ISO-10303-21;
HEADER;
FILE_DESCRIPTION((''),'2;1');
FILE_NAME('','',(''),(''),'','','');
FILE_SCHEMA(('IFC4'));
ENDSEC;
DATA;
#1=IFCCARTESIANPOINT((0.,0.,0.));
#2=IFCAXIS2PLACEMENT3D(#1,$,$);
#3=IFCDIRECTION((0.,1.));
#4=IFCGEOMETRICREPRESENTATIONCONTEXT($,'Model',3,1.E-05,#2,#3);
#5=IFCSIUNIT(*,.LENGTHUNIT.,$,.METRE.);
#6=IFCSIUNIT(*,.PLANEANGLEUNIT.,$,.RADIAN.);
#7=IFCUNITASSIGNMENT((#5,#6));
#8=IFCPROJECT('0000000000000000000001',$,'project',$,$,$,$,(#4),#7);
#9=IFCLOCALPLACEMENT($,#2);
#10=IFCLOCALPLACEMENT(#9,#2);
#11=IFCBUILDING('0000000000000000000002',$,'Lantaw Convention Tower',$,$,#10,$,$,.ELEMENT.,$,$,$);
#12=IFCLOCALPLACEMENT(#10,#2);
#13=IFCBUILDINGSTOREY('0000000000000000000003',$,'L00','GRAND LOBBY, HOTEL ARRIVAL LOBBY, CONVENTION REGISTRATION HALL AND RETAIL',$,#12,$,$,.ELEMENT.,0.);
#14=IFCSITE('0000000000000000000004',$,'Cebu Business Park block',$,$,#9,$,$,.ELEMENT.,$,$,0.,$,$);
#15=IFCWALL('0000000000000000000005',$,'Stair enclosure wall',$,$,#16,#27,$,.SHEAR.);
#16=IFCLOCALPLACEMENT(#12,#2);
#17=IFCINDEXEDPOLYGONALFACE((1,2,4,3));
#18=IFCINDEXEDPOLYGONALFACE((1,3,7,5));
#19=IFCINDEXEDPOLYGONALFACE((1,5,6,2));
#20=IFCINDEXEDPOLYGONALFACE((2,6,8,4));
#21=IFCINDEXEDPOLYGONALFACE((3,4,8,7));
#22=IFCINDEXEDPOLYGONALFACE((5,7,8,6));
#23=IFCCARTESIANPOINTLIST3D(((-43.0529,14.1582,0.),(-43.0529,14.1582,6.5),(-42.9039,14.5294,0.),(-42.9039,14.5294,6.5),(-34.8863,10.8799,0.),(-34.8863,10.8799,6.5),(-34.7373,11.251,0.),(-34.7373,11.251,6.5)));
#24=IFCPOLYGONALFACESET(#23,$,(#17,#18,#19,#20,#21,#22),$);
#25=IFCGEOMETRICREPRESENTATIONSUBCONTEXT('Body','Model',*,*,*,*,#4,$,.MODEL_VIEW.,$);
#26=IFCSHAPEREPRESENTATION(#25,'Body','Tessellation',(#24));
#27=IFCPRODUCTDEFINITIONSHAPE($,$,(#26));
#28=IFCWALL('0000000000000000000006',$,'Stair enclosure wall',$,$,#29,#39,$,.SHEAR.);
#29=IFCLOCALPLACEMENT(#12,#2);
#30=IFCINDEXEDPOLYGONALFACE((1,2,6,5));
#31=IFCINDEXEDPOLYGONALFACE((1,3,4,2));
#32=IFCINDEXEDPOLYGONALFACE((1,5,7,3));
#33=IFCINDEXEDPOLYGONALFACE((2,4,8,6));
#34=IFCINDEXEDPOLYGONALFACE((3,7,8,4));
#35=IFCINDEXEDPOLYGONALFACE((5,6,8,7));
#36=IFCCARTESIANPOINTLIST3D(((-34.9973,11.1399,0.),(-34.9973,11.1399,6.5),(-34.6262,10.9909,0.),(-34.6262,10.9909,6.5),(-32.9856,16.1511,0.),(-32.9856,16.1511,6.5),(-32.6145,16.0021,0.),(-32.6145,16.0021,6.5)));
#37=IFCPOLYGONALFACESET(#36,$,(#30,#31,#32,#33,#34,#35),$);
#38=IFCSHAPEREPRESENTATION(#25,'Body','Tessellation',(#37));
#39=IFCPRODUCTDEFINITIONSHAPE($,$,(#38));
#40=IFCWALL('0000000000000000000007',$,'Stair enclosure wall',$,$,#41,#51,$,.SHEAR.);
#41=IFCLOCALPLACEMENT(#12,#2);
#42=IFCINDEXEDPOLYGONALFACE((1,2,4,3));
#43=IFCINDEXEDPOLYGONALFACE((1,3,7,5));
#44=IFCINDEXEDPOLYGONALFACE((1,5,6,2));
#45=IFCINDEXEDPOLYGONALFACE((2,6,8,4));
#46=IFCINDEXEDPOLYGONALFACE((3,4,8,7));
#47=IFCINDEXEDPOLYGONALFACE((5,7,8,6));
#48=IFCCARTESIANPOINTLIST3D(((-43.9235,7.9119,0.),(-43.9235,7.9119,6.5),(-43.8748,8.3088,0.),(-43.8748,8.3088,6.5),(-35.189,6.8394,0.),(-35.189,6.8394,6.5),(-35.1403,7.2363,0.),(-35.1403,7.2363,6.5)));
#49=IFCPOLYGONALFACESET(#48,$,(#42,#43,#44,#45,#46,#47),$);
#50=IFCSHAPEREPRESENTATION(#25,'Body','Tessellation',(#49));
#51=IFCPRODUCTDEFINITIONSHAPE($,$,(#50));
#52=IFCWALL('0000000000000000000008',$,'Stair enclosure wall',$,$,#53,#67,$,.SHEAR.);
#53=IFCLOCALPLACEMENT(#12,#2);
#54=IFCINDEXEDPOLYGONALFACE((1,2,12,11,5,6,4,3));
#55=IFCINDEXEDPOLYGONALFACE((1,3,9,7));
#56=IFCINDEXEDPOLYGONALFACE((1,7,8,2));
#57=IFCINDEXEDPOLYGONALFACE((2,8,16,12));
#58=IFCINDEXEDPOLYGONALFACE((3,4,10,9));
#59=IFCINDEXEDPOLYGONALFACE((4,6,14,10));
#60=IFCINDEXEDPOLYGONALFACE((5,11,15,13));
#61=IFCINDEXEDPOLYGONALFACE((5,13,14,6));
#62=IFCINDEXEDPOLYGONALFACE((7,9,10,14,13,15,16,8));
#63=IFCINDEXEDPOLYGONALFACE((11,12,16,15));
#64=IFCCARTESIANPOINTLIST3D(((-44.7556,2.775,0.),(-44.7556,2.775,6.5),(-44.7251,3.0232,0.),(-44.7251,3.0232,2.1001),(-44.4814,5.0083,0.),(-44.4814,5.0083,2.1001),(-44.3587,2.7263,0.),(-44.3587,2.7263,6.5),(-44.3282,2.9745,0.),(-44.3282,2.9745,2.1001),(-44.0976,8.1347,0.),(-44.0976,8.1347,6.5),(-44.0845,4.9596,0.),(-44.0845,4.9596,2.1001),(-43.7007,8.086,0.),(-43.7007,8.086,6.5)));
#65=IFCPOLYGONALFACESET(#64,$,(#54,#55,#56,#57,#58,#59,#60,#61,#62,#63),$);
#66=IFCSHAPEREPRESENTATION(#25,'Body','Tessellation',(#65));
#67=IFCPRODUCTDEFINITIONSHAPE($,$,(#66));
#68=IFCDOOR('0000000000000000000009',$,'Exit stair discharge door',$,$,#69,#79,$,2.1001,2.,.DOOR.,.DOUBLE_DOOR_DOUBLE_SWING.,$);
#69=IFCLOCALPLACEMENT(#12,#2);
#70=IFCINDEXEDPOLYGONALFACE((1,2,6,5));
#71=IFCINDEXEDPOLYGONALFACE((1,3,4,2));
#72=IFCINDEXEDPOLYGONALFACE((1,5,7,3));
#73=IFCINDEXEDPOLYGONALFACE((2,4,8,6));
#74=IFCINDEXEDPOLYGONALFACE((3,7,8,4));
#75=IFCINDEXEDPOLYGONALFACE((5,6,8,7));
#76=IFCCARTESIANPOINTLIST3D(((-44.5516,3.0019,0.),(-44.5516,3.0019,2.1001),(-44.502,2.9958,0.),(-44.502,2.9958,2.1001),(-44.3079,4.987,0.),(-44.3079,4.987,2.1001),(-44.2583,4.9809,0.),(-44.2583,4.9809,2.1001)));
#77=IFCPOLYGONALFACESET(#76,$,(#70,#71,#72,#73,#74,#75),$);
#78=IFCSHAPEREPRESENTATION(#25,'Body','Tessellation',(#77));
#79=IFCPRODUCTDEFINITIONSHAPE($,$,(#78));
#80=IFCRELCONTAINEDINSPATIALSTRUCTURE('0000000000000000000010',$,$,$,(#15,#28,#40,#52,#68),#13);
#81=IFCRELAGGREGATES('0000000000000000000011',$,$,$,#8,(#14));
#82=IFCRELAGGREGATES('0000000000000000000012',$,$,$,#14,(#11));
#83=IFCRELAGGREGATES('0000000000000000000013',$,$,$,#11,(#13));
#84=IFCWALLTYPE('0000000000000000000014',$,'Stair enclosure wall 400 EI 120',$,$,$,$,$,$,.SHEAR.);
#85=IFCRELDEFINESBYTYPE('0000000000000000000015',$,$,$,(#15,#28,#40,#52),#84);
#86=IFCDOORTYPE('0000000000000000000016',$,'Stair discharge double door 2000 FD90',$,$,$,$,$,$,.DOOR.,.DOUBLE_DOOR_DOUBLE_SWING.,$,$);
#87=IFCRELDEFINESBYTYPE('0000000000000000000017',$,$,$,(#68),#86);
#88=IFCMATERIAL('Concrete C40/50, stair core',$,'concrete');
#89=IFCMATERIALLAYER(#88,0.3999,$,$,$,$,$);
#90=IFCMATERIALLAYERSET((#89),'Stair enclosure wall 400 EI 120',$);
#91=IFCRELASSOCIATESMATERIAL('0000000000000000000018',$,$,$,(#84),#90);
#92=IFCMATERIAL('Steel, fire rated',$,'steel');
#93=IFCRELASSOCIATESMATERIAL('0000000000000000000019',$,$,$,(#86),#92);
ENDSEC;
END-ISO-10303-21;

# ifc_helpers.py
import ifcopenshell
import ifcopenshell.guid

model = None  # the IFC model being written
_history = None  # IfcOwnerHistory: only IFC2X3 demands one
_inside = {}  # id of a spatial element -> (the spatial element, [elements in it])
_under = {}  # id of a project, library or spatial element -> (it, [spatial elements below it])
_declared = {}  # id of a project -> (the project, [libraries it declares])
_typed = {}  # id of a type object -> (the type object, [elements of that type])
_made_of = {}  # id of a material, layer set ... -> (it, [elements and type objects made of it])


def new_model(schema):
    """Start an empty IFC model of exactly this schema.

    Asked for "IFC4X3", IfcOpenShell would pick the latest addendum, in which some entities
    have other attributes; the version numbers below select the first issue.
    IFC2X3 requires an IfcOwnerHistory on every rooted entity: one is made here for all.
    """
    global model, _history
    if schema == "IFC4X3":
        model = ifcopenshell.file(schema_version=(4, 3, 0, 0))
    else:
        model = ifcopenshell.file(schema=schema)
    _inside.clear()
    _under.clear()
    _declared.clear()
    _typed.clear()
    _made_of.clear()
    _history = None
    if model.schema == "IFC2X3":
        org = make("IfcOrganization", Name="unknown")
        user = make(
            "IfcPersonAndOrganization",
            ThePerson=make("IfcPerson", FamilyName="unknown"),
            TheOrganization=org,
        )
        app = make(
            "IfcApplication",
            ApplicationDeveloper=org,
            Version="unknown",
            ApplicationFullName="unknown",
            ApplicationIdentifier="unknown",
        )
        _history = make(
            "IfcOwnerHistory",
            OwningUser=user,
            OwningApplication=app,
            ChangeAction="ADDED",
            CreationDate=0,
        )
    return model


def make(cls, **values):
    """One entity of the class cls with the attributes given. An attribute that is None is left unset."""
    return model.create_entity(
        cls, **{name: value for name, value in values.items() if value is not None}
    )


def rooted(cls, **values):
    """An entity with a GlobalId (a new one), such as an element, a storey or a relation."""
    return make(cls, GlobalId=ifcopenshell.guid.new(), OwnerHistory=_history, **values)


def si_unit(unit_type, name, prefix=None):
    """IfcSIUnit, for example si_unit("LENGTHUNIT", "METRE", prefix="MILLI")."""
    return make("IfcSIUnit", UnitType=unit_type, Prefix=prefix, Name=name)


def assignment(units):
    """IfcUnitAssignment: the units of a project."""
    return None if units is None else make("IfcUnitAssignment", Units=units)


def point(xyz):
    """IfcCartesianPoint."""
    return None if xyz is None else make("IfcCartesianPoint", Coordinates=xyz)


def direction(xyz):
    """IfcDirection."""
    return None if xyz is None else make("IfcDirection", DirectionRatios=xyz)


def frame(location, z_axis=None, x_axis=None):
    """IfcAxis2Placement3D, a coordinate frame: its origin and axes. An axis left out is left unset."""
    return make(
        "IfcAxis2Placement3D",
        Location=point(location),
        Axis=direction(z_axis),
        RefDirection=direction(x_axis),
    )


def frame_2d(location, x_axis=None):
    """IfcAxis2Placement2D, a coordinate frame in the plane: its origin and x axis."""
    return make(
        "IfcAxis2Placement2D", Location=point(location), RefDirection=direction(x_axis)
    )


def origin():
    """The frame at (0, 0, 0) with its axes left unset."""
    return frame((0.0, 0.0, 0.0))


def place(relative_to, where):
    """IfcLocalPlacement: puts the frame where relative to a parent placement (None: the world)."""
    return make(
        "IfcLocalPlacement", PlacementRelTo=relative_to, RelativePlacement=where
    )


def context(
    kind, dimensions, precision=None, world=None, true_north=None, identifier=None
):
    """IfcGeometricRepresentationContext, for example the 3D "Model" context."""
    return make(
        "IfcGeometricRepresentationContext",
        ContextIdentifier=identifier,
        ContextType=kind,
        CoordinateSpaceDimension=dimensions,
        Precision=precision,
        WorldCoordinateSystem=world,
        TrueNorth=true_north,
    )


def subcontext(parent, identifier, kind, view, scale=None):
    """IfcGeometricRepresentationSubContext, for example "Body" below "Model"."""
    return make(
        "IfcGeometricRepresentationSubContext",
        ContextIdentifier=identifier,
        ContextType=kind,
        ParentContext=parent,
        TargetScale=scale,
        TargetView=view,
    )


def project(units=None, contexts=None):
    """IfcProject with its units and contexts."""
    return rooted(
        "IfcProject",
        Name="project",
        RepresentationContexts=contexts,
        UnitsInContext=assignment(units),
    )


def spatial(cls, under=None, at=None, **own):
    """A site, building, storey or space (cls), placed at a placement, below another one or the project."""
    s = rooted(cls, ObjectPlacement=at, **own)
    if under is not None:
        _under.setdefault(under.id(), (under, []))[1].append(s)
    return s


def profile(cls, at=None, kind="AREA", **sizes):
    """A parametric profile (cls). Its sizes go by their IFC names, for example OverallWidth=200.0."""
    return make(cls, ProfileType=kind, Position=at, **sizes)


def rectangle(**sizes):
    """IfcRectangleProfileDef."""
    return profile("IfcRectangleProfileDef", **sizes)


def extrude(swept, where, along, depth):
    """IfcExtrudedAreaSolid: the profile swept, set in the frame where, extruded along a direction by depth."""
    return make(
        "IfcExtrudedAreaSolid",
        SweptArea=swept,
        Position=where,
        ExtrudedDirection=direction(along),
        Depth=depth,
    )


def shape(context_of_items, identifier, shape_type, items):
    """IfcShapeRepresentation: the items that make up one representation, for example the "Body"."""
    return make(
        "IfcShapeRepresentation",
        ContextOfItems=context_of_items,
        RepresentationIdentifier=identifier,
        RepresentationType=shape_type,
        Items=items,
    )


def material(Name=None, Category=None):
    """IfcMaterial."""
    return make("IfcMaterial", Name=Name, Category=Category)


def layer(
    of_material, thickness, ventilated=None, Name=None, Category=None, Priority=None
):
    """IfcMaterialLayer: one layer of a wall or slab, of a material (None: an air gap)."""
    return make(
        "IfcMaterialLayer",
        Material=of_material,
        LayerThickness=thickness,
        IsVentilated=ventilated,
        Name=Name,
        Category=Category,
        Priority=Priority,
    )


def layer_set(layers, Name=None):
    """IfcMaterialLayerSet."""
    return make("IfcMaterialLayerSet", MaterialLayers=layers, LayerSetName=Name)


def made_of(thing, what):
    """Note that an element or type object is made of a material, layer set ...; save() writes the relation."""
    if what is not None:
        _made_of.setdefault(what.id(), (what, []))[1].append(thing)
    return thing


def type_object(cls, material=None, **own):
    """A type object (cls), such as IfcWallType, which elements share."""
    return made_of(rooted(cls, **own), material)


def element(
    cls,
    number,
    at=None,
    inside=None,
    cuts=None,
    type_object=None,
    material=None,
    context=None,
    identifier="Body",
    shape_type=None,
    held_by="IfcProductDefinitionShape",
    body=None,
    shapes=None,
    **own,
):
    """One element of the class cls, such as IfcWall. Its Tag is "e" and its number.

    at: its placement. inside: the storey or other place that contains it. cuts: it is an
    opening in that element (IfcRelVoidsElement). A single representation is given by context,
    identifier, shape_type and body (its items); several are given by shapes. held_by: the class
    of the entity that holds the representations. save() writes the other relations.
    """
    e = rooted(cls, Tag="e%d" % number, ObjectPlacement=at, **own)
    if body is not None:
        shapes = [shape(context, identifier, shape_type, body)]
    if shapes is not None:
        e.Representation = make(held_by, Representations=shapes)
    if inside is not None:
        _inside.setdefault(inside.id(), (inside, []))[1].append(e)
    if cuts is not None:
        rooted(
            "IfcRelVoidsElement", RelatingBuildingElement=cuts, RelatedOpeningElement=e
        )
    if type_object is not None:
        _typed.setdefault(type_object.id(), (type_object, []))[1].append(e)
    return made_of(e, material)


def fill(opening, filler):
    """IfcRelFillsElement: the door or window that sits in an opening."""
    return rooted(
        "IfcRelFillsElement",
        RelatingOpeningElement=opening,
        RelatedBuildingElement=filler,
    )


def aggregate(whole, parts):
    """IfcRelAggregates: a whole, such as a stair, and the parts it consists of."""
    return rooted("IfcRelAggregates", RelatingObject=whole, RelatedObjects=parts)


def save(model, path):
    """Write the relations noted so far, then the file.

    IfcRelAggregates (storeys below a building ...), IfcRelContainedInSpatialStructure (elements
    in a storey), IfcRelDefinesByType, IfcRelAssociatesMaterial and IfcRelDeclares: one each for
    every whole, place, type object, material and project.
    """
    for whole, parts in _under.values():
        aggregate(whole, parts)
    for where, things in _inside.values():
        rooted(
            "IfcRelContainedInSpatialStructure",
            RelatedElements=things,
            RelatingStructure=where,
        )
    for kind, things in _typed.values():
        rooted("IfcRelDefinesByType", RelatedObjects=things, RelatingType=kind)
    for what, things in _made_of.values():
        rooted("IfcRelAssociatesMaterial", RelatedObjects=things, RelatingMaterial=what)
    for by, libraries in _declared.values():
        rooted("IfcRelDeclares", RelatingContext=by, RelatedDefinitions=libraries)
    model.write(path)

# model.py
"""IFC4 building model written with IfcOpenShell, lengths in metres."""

from ifc_helpers import new_model, si_unit, direction, frame, frame_2d, origin, place, context, subcontext, project, spatial, rectangle, extrude, material, layer, layer_set, type_object, element, fill, save


model = new_model("IFC4")

# Units and contexts
model_context = context("Model", 3, precision=1e-05, world=origin(), true_north=direction((0.0, 1.0)))
body_context = subcontext(model_context, "Body", "Model", "MODEL_VIEW")
ifc_project = project(units=[si_unit("LENGTHUNIT", "METRE"), si_unit("PLANEANGLEUNIT", "RADIAN")], contexts=[model_context])

# Site, building, storey
site_placement = place(None, origin())
site = spatial("IfcSite", under=ifc_project, at=site_placement, Name="Cebu Business Park block", CompositionType="ELEMENT", RefElevation=0.0)
building_placement = place(site_placement, origin())
building = spatial("IfcBuilding", under=site, at=building_placement, Name="Lantaw Convention Tower", CompositionType="ELEMENT")
storey_placement = place(building_placement, origin())
storey = spatial("IfcBuildingStorey", under=building, at=storey_placement, Name="L00", Description="GRAND LOBBY, HOTEL ARRIVAL LOBBY, CONVENTION REGISTRATION HALL AND RETAIL", CompositionType="ELEMENT", Elevation=0.0)

# Walls
ifc_material_1 = material(Name="Concrete C40/50, stair core", Category="concrete")
ifc_layer_1 = layer(ifc_material_1, 0.3999)
ifc_layer_set_1 = layer_set([ifc_layer_1], Name="Stair enclosure wall 400 EI 120")
wall_type_1 = type_object("IfcWallType", Name="Stair enclosure wall 400 EI 120", PredefinedType="SHEAR", material=ifc_layer_set_1)
for number, where, z_axis, x_axis, name in (
    (1, (-42.9783, 14.3438, 0.0), (0.0, 0.0, 1.0), (0.928017, -0.372538, 0.0), "Stair enclosure wall"),
):
    element("IfcWall", number, at=place(storey_placement, frame(where, z_axis=z_axis, x_axis=x_axis)), inside=storey, type_object=wall_type_1, Name=name, PredefinedType="SHEAR", context=body_context, shape_type="SweptSolid", body=[
        extrude(rectangle(XDim=8.8, YDim=0.3999, at=frame_2d((4.3999, 0.0))), origin(), (0.0, 0.0, 1.0), 6.5),
    ])
wall_1_placement = place(storey_placement, frame((-34.8118, 11.0654, 0.0), z_axis=(0.0, 0.0, 1.0), x_axis=(0.372544, 0.928015, 0.0)))
element("IfcWall", 2, at=wall_1_placement, inside=storey, type_object=wall_type_1, Name="Stair enclosure wall", PredefinedType="SHEAR", context=body_context, shape_type="SweptSolid", body=[
    extrude(rectangle(XDim=5.3999, YDim=0.3999, at=frame_2d((2.7, 0.0))), origin(), (0.0, 0.0, 1.0), 6.5),
])
wall_2_placement = place(storey_placement, frame((-35.1648, 7.0378, 0.0), z_axis=(0.0, 0.0, 1.0), x_axis=(-0.992545, 0.121876, 0.0)))
element("IfcWall", 3, at=wall_2_placement, inside=storey, type_object=wall_type_1, Name="Stair enclosure wall", PredefinedType="SHEAR", context=body_context, shape_type="SweptSolid", body=[
    extrude(rectangle(XDim=8.8, YDim=0.3999, at=frame_2d((4.3999, 0.0))), origin(), (0.0, 0.0, 1.0), 6.5),
])

# Wall, opening, door
wall_3_placement = place(storey_placement, frame((-43.8992, 8.1104, 0.0), z_axis=(0.0, 0.0, 1.0), x_axis=(-0.121848, -0.992549, 0.0)))
wall_3 = element("IfcWall", 4, at=wall_3_placement, inside=storey, type_object=wall_type_1, Name="Stair enclosure wall", PredefinedType="SHEAR", context=body_context, shape_type="SweptSolid", body=[
    extrude(rectangle(XDim=5.3999, YDim=0.3999, at=frame_2d((2.7, 0.0))), origin(), (0.0, 0.0, 1.0), 6.5),
])
opening_1_placement = place(wall_3_placement, frame((3.1499, 0.0, 0.0)))
opening_1 = element("IfcOpeningElement", 5, at=opening_1_placement, cuts=wall_3, PredefinedType="OPENING", context=body_context, shape_type="SweptSolid", body=[
    extrude(rectangle(XDim=2.0, YDim=2.1001, at=frame_2d((1.0, 1.05))), frame((0.0, 0.21, 0.0), z_axis=(0.0, -1.0, 0.0), x_axis=(1.0, 0.0, 0.0)), (0.0, 0.0, 1.0), 0.4199),
])
ifc_material_2 = material(Name="Steel, fire rated", Category="steel")
door_type_1 = type_object("IfcDoorType", Name="Stair discharge double door 2000 FD90", OperationType="DOUBLE_DOOR_DOUBLE_SWING", PredefinedType="DOOR", material=ifc_material_2)
door_1_placement = place(opening_1_placement, origin())
door_1 = element("IfcDoor", 6, at=door_1_placement, inside=storey, type_object=door_type_1, Name="Exit stair discharge door", OperationType="DOUBLE_DOOR_DOUBLE_SWING", OverallHeight=2.1001, OverallWidth=2.0, PredefinedType="DOOR", context=body_context, shape_type="SweptSolid", body=[
    extrude(rectangle(XDim=2.0, YDim=2.1001, at=frame_2d((1.0, 1.05))), frame((0.0, 0.0249, 0.0), z_axis=(0.0, -1.0, 0.0), x_axis=(1.0, 0.0, 0.0)), (0.0, 0.0, 1.0), 0.05),
])
fill(opening_1, door_1)

save(model, "model.ifc")
